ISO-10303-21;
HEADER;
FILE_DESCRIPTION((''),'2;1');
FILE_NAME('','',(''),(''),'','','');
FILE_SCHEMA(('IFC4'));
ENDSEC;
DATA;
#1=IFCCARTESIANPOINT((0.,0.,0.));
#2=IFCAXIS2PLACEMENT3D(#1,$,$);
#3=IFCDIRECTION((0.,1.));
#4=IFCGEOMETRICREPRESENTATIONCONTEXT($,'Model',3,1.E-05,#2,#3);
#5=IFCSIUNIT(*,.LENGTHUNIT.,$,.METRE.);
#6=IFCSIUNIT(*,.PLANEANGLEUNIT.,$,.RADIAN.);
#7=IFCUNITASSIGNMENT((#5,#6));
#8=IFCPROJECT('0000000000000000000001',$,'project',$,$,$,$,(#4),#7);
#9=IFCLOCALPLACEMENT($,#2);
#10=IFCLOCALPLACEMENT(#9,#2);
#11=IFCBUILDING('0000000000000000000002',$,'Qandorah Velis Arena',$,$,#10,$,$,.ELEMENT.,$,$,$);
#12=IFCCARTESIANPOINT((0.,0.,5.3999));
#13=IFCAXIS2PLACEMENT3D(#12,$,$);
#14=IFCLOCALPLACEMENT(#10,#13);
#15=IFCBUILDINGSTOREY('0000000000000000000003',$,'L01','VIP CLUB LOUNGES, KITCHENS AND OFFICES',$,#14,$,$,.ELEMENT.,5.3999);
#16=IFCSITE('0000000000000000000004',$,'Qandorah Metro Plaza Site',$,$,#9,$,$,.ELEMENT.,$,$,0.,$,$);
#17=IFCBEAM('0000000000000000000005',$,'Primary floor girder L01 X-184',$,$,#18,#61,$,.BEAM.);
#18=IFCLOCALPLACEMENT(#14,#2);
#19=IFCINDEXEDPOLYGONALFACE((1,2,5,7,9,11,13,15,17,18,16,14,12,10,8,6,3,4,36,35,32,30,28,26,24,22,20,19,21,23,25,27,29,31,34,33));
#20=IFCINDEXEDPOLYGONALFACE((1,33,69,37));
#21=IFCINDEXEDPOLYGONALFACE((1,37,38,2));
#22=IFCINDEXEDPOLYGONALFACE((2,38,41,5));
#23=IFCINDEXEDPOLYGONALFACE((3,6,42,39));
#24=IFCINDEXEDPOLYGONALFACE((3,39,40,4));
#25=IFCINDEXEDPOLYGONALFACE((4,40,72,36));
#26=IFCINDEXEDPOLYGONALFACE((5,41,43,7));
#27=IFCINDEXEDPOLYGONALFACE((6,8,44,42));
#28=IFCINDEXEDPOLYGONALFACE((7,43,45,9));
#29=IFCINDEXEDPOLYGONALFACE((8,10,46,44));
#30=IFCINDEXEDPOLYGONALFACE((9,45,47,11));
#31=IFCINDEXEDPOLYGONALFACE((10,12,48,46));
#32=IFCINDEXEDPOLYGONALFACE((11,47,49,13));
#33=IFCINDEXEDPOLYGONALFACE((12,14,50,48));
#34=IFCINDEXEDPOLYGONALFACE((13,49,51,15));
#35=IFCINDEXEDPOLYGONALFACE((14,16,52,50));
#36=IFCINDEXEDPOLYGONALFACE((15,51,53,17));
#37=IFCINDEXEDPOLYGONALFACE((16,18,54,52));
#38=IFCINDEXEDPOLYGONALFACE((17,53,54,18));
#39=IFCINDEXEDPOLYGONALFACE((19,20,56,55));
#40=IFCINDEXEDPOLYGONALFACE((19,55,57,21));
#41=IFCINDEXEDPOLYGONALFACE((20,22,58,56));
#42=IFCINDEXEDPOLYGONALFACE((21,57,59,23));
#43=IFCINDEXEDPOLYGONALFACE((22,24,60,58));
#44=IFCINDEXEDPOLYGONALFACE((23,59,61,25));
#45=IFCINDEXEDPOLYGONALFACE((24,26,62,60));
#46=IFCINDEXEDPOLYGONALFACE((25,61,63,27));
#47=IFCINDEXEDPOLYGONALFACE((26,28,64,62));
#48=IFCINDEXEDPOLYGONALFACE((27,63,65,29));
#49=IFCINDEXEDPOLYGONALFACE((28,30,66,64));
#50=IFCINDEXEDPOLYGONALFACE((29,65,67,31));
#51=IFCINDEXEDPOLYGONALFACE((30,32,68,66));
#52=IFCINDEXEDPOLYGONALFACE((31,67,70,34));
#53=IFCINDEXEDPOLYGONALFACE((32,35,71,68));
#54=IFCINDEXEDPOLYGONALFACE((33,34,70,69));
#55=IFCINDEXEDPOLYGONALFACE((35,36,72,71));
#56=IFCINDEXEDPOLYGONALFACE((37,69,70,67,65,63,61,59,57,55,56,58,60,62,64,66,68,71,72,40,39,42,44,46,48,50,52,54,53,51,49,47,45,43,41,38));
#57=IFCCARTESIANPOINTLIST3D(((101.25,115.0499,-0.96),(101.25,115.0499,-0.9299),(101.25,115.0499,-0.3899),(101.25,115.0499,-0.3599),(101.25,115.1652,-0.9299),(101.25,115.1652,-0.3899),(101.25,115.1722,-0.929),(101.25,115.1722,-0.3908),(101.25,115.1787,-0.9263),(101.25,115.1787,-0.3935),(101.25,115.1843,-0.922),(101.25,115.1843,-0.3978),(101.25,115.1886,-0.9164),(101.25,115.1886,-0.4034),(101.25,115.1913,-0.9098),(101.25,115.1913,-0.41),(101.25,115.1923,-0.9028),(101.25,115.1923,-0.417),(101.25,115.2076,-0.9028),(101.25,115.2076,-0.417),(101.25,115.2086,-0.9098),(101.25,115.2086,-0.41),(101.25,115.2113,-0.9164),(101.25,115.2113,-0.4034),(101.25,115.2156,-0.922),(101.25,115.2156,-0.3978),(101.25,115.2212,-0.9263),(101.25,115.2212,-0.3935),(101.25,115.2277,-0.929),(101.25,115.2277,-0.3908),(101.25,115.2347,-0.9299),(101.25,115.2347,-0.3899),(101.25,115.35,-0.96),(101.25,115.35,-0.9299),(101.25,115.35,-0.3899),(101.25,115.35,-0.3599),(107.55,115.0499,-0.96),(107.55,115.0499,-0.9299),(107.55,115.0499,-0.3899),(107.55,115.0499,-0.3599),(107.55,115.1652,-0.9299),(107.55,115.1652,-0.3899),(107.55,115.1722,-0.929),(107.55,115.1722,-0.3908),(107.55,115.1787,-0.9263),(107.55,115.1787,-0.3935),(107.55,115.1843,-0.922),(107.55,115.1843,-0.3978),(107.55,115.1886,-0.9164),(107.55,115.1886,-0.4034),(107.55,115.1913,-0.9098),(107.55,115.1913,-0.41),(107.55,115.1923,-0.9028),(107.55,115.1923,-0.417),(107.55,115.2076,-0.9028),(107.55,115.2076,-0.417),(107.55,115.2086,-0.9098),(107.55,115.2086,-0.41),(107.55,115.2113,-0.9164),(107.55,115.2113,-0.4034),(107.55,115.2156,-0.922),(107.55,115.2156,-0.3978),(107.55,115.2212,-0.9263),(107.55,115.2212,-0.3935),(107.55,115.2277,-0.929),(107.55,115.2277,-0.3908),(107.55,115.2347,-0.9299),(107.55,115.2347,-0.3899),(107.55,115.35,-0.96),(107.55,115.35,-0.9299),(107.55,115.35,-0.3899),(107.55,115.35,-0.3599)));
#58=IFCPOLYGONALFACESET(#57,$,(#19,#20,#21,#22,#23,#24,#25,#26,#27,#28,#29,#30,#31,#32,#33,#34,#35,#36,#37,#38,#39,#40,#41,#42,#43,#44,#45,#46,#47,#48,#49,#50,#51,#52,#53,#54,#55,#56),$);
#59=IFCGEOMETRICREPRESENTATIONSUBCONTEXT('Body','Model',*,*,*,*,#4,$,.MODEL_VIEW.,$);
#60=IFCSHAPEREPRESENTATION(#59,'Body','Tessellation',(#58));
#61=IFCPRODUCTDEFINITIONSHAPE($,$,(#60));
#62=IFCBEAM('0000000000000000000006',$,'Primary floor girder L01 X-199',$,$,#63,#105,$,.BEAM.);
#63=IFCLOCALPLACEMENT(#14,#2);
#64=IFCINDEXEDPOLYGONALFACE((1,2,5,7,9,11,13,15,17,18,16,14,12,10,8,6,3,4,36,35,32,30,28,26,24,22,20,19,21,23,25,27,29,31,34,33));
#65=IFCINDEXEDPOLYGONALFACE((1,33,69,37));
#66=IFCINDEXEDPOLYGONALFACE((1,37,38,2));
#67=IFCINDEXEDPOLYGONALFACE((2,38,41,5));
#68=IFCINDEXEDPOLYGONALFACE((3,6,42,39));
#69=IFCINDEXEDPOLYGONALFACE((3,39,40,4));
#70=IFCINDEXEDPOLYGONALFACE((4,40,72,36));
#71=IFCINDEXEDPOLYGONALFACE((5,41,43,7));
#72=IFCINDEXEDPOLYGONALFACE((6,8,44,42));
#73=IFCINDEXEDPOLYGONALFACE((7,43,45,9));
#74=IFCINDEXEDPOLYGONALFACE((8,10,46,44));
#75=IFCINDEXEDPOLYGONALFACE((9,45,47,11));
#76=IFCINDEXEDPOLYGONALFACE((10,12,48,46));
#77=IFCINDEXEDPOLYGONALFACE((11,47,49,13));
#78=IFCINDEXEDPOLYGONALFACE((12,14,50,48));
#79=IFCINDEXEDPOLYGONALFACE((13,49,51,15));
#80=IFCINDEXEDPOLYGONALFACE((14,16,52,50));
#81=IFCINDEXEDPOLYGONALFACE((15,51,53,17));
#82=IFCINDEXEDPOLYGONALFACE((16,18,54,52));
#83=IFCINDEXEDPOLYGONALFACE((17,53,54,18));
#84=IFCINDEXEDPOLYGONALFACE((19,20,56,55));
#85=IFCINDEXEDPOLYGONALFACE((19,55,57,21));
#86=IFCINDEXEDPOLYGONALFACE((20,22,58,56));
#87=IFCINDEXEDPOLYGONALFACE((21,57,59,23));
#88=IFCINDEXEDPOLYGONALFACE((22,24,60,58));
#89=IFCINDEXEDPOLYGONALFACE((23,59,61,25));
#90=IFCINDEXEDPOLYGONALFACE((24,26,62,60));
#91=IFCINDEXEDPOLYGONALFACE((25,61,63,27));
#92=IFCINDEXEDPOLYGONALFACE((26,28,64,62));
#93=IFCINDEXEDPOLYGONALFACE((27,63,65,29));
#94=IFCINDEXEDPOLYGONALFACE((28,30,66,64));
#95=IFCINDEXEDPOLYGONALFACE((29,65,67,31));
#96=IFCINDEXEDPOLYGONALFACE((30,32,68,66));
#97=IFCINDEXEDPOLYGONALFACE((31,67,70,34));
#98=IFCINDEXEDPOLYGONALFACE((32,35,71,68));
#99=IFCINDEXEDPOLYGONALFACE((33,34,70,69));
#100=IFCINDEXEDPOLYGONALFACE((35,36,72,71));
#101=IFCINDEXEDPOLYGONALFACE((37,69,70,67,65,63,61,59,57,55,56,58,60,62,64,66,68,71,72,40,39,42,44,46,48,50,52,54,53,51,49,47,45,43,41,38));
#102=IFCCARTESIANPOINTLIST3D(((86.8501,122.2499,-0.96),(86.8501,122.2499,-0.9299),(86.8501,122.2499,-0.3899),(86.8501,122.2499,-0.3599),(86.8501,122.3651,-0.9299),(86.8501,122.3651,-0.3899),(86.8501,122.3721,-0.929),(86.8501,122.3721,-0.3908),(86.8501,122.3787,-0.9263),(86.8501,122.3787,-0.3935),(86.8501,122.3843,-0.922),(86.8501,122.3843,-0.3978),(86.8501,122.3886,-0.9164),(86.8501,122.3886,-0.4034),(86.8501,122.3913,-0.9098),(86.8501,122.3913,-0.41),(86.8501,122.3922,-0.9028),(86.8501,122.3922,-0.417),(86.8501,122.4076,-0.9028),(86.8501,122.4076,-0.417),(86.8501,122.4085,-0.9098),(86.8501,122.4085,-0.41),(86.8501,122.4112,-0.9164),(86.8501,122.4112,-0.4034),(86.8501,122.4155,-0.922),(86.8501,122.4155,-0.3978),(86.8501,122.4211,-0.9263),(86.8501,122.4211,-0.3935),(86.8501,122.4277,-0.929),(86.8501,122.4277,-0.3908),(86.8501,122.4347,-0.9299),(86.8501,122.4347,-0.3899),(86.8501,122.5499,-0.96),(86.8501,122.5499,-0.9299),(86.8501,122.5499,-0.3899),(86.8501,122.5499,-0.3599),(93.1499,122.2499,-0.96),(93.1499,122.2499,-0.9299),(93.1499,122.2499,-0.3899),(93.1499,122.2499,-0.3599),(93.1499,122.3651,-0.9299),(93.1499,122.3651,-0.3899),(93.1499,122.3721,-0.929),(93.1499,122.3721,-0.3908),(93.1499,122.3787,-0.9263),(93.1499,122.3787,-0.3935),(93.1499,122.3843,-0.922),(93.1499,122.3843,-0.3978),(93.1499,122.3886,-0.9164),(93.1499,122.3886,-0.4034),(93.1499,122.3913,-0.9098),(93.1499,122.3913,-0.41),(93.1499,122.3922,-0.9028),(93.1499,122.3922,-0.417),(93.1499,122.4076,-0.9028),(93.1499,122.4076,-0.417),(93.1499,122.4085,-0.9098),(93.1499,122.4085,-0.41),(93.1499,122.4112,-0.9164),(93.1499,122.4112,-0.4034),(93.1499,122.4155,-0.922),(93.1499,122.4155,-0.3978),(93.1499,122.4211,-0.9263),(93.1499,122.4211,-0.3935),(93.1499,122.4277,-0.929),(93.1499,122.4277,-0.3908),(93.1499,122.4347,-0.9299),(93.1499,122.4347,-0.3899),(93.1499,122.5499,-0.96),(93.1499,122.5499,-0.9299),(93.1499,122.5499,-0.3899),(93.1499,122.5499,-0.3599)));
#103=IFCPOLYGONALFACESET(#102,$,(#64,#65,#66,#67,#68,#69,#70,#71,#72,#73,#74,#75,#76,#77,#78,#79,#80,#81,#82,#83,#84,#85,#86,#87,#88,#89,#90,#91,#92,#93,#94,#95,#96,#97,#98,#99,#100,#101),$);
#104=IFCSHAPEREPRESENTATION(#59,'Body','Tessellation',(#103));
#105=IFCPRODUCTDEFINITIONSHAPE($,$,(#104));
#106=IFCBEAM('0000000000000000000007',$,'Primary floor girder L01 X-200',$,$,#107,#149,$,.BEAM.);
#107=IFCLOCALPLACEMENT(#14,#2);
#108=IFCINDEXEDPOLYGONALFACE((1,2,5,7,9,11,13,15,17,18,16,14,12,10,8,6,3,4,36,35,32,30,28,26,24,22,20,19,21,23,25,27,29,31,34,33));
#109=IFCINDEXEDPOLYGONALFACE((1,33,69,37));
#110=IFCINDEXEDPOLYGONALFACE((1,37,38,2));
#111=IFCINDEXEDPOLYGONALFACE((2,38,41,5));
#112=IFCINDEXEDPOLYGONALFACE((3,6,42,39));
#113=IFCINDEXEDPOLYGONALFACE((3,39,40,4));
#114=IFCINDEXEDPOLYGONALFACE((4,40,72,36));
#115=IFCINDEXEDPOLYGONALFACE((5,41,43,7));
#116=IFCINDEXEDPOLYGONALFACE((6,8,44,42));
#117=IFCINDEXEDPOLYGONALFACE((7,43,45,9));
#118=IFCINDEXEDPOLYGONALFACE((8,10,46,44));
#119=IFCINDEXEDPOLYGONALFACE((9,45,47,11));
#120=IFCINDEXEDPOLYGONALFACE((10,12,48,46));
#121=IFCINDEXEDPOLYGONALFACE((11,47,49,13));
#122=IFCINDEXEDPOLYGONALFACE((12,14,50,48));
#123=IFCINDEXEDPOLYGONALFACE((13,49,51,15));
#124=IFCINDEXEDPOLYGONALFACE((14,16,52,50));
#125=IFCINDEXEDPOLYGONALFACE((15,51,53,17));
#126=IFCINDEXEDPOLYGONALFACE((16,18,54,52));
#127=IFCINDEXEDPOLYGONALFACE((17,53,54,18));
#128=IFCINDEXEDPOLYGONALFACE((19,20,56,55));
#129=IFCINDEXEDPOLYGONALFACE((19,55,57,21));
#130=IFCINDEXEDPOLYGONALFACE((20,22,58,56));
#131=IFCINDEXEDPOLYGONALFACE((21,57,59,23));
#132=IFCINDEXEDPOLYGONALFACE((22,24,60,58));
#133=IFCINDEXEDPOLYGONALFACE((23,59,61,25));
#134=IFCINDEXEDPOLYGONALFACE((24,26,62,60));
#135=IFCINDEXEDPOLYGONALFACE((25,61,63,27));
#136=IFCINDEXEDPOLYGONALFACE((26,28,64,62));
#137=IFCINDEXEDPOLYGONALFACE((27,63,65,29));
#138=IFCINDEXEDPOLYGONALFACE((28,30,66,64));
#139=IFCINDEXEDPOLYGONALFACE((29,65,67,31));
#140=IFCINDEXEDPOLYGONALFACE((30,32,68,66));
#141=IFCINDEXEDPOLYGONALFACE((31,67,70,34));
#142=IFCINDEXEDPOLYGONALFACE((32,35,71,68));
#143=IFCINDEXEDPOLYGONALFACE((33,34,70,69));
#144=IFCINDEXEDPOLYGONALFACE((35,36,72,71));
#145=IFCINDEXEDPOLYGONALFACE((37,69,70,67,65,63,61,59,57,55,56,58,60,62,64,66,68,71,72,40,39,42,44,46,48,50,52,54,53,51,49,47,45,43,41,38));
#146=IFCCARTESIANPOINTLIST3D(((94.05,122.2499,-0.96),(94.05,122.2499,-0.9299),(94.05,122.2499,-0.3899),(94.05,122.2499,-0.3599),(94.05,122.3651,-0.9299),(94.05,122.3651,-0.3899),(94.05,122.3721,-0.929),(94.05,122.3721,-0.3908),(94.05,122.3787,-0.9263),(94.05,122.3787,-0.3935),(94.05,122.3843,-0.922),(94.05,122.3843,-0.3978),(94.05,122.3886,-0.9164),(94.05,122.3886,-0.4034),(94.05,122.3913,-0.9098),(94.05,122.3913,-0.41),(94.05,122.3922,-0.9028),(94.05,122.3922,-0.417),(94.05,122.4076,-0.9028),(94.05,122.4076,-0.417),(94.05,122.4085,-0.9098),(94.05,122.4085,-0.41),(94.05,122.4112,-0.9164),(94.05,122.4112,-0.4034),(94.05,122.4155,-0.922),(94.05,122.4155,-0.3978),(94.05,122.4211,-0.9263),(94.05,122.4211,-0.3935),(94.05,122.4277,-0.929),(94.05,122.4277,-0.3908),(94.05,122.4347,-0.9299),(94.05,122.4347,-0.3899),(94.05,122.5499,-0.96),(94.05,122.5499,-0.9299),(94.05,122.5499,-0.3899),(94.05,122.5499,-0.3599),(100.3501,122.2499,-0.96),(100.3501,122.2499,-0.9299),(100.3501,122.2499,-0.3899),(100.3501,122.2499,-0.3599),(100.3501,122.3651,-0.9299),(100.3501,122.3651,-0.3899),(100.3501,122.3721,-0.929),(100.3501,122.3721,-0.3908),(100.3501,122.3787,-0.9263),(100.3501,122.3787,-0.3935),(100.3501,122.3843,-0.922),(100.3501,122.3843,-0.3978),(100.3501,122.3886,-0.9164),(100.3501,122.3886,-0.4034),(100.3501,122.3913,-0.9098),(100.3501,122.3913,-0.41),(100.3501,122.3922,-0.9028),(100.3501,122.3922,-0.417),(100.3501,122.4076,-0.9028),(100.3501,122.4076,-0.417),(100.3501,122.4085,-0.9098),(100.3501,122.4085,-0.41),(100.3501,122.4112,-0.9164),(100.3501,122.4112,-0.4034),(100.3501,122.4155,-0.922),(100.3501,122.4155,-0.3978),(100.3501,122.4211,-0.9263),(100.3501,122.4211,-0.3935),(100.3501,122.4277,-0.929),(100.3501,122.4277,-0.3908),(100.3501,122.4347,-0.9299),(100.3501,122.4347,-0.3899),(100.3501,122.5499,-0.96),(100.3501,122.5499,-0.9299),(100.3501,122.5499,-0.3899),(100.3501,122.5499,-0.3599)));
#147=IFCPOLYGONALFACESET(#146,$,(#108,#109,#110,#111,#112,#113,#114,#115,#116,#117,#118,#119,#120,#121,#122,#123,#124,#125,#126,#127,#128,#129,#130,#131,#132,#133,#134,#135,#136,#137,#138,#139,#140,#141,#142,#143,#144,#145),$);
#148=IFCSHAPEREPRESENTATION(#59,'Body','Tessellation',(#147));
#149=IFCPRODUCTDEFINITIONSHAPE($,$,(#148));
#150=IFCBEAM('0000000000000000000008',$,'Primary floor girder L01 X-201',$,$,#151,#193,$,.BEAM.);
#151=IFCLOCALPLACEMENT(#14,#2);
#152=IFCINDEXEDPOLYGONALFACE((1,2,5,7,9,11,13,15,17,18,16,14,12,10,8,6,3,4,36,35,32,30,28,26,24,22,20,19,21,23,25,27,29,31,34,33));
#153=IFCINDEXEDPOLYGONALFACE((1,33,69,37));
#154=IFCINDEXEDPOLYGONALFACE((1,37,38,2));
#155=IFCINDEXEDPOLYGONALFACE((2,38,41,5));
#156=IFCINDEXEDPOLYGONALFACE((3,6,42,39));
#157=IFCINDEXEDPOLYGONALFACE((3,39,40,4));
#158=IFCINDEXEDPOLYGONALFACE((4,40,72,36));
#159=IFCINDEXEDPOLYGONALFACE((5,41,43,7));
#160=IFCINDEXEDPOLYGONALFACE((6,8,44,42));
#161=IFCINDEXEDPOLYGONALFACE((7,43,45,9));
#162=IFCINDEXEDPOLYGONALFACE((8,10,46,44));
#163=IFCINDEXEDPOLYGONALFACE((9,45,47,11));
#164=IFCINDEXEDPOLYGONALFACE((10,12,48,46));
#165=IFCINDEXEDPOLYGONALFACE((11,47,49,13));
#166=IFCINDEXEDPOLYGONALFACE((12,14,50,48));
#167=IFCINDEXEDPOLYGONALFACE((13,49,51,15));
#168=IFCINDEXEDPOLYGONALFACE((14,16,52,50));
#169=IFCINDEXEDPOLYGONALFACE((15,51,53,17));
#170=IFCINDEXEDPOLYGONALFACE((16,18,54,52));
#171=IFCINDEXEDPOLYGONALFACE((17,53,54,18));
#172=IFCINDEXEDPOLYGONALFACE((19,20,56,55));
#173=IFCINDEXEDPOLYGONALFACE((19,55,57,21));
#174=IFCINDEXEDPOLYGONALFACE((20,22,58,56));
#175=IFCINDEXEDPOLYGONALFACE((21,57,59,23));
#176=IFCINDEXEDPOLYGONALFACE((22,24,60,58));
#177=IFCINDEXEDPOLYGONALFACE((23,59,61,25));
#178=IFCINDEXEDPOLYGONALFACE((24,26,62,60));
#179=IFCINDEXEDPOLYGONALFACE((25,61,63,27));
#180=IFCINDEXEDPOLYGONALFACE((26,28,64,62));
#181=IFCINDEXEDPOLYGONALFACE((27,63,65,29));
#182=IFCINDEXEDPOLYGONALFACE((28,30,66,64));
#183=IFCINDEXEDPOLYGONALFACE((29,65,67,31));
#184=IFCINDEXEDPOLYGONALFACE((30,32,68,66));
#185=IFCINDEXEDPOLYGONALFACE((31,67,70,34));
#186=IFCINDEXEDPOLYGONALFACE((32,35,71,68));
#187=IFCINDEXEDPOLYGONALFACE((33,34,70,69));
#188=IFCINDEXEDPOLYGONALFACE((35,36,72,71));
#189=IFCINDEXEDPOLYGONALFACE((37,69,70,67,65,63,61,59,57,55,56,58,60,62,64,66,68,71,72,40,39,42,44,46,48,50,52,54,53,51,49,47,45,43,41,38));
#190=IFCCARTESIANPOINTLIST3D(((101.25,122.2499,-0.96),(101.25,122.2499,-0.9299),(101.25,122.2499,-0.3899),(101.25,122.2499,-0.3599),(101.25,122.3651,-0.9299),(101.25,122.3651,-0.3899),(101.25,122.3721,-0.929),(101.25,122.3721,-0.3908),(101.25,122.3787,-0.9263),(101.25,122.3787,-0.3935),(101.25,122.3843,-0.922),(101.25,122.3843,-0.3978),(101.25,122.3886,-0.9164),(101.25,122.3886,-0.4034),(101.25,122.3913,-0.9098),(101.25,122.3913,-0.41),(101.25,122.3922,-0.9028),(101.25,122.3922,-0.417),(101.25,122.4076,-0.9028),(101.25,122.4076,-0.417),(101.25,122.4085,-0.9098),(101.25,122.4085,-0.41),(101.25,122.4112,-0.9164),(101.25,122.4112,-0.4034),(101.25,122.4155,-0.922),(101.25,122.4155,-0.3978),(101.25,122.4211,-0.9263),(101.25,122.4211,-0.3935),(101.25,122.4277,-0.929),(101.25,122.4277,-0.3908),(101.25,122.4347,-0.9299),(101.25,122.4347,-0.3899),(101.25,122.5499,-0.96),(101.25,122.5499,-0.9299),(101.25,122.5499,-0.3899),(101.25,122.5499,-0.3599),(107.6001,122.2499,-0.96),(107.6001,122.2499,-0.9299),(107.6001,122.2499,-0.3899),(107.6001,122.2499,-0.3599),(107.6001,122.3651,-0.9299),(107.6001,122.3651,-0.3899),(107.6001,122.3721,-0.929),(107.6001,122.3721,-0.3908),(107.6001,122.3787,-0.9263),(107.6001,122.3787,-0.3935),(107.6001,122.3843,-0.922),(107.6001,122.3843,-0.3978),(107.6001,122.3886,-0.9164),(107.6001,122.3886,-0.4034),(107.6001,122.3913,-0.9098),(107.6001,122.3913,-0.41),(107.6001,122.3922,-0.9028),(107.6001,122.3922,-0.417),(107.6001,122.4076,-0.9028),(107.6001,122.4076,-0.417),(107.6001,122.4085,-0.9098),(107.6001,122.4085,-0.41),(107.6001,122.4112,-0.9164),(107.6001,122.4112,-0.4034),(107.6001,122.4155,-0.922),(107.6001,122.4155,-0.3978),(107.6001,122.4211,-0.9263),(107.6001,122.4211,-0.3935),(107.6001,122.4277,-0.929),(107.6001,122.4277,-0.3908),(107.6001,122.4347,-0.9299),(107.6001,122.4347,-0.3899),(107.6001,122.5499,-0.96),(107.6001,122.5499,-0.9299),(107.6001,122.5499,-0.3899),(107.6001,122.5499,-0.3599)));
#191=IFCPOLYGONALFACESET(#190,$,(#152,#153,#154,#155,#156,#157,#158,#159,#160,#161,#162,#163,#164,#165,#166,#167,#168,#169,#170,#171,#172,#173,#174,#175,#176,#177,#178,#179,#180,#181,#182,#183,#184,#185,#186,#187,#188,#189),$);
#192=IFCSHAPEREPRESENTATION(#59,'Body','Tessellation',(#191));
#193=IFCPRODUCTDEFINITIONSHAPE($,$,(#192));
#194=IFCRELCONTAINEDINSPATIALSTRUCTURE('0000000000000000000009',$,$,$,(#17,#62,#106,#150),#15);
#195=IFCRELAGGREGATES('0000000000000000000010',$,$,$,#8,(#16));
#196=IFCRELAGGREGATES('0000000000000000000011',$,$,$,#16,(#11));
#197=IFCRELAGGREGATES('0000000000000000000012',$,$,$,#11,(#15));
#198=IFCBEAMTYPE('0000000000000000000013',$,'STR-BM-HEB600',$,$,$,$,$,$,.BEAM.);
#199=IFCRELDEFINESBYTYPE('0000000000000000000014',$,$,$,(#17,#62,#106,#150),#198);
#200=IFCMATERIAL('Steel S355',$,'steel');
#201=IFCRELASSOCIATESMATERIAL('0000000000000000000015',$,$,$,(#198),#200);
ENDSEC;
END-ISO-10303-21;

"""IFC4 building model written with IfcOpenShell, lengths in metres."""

from ifc_helpers import new_model, si_unit, direction, frame, origin, origin_2d, place, context, subcontext, project, spatial, i_section, extrude, material, material_profile, profile_set, type_object, element, save


model = new_model("IFC4")

# Units and contexts
model_context = context("Model", 3, precision=1e-05, world=origin(), true_north=direction((0.0, 1.0)))
body_context = subcontext(model_context, "Body", "Model", "MODEL_VIEW")
ifc_project = project(units=[si_unit("LENGTHUNIT", "METRE"), si_unit("PLANEANGLEUNIT", "RADIAN")], contexts=[model_context])

# Site, building, storey
site_placement = place(None, origin())
site = spatial("IfcSite", under=ifc_project, at=site_placement, Name="Qandorah Metro Plaza Site", CompositionType="ELEMENT", RefElevation=0.0)
building_placement = place(site_placement, origin())
building = spatial("IfcBuilding", under=site, at=building_placement, Name="Qandorah Velis Arena", CompositionType="ELEMENT")
storey_placement = place(building_placement, frame((0.0, 0.0, 5.3999)))
storey = spatial("IfcBuildingStorey", under=building, at=storey_placement, Name="L01", Description="VIP CLUB LOUNGES, KITCHENS AND OFFICES", CompositionType="ELEMENT", Elevation=5.3999)

# Beams
ifc_material_1 = material(Name="Steel S355", Category="steel")
ifc_material_profile_1 = material_profile(ifc_material_1, i_section(OverallWidth=0.3, OverallDepth=0.6001, WebThickness=0.0154, FlangeThickness=0.03, FilletRadius=0.0271, at=origin_2d()), Name="HEB 600")
ifc_profile_set_1 = profile_set([ifc_material_profile_1], Name="Steel S355")
beam_type_1 = type_object("IfcBeamType", Name="STR-BM-HEB600", PredefinedType="BEAM", material=ifc_profile_set_1)
beam_1_placement = place(storey_placement, frame((101.25, 115.2, -0.6599), z_axis=(1.0, 0.0, 0.0), x_axis=(0.0, 1.0, 0.0)))
element("IfcBeam", 1, at=beam_1_placement, inside=storey, type_object=beam_type_1, Name="Primary floor girder L01 X-184", PredefinedType="BEAM", context=body_context, shape_type="SweptSolid", body=[
    extrude(i_section(OverallWidth=0.3, OverallDepth=0.6001, WebThickness=0.0154, FlangeThickness=0.03, FilletRadius=0.0271, at=origin_2d()), origin(), (0.0, 0.0, 1.0), 6.3),
])
beam_2_placement = place(storey_placement, frame((86.8501, 122.3999, -0.6599), z_axis=(1.0, 0.0, 0.0), x_axis=(0.0, 1.0, 0.0)))
element("IfcBeam", 2, at=beam_2_placement, inside=storey, type_object=beam_type_1, Name="Primary floor girder L01 X-199", PredefinedType="BEAM", context=body_context, shape_type="SweptSolid", body=[
    extrude(i_section(OverallWidth=0.3, OverallDepth=0.6001, WebThickness=0.0154, FlangeThickness=0.03, FilletRadius=0.0271, at=origin_2d()), origin(), (0.0, 0.0, 1.0), 6.2998),
])
beam_3_placement = place(storey_placement, frame((94.05, 122.3999, -0.6599), z_axis=(1.0, 0.0, 0.0), x_axis=(0.0, 1.0, 0.0)))
element("IfcBeam", 3, at=beam_3_placement, inside=storey, type_object=beam_type_1, Name="Primary floor girder L01 X-200", PredefinedType="BEAM", context=body_context, shape_type="SweptSolid", body=[
    extrude(i_section(OverallWidth=0.3, OverallDepth=0.6001, WebThickness=0.0154, FlangeThickness=0.03, FilletRadius=0.0271, at=origin_2d()), origin(), (0.0, 0.0, 1.0), 6.3),
])
beam_4_placement = place(storey_placement, frame((101.25, 122.3999, -0.6599), z_axis=(1.0, 0.0, 0.0), x_axis=(0.0, 1.0, 0.0)))
element("IfcBeam", 4, at=beam_4_placement, inside=storey, type_object=beam_type_1, Name="Primary floor girder L01 X-201", PredefinedType="BEAM", context=body_context, shape_type="SweptSolid", body=[
    extrude(i_section(OverallWidth=0.3, OverallDepth=0.6001, WebThickness=0.0154, FlangeThickness=0.03, FilletRadius=0.0271, at=origin_2d()), origin(), (0.0, 0.0, 1.0), 6.3501),
])

save(model, "model.ifc")
